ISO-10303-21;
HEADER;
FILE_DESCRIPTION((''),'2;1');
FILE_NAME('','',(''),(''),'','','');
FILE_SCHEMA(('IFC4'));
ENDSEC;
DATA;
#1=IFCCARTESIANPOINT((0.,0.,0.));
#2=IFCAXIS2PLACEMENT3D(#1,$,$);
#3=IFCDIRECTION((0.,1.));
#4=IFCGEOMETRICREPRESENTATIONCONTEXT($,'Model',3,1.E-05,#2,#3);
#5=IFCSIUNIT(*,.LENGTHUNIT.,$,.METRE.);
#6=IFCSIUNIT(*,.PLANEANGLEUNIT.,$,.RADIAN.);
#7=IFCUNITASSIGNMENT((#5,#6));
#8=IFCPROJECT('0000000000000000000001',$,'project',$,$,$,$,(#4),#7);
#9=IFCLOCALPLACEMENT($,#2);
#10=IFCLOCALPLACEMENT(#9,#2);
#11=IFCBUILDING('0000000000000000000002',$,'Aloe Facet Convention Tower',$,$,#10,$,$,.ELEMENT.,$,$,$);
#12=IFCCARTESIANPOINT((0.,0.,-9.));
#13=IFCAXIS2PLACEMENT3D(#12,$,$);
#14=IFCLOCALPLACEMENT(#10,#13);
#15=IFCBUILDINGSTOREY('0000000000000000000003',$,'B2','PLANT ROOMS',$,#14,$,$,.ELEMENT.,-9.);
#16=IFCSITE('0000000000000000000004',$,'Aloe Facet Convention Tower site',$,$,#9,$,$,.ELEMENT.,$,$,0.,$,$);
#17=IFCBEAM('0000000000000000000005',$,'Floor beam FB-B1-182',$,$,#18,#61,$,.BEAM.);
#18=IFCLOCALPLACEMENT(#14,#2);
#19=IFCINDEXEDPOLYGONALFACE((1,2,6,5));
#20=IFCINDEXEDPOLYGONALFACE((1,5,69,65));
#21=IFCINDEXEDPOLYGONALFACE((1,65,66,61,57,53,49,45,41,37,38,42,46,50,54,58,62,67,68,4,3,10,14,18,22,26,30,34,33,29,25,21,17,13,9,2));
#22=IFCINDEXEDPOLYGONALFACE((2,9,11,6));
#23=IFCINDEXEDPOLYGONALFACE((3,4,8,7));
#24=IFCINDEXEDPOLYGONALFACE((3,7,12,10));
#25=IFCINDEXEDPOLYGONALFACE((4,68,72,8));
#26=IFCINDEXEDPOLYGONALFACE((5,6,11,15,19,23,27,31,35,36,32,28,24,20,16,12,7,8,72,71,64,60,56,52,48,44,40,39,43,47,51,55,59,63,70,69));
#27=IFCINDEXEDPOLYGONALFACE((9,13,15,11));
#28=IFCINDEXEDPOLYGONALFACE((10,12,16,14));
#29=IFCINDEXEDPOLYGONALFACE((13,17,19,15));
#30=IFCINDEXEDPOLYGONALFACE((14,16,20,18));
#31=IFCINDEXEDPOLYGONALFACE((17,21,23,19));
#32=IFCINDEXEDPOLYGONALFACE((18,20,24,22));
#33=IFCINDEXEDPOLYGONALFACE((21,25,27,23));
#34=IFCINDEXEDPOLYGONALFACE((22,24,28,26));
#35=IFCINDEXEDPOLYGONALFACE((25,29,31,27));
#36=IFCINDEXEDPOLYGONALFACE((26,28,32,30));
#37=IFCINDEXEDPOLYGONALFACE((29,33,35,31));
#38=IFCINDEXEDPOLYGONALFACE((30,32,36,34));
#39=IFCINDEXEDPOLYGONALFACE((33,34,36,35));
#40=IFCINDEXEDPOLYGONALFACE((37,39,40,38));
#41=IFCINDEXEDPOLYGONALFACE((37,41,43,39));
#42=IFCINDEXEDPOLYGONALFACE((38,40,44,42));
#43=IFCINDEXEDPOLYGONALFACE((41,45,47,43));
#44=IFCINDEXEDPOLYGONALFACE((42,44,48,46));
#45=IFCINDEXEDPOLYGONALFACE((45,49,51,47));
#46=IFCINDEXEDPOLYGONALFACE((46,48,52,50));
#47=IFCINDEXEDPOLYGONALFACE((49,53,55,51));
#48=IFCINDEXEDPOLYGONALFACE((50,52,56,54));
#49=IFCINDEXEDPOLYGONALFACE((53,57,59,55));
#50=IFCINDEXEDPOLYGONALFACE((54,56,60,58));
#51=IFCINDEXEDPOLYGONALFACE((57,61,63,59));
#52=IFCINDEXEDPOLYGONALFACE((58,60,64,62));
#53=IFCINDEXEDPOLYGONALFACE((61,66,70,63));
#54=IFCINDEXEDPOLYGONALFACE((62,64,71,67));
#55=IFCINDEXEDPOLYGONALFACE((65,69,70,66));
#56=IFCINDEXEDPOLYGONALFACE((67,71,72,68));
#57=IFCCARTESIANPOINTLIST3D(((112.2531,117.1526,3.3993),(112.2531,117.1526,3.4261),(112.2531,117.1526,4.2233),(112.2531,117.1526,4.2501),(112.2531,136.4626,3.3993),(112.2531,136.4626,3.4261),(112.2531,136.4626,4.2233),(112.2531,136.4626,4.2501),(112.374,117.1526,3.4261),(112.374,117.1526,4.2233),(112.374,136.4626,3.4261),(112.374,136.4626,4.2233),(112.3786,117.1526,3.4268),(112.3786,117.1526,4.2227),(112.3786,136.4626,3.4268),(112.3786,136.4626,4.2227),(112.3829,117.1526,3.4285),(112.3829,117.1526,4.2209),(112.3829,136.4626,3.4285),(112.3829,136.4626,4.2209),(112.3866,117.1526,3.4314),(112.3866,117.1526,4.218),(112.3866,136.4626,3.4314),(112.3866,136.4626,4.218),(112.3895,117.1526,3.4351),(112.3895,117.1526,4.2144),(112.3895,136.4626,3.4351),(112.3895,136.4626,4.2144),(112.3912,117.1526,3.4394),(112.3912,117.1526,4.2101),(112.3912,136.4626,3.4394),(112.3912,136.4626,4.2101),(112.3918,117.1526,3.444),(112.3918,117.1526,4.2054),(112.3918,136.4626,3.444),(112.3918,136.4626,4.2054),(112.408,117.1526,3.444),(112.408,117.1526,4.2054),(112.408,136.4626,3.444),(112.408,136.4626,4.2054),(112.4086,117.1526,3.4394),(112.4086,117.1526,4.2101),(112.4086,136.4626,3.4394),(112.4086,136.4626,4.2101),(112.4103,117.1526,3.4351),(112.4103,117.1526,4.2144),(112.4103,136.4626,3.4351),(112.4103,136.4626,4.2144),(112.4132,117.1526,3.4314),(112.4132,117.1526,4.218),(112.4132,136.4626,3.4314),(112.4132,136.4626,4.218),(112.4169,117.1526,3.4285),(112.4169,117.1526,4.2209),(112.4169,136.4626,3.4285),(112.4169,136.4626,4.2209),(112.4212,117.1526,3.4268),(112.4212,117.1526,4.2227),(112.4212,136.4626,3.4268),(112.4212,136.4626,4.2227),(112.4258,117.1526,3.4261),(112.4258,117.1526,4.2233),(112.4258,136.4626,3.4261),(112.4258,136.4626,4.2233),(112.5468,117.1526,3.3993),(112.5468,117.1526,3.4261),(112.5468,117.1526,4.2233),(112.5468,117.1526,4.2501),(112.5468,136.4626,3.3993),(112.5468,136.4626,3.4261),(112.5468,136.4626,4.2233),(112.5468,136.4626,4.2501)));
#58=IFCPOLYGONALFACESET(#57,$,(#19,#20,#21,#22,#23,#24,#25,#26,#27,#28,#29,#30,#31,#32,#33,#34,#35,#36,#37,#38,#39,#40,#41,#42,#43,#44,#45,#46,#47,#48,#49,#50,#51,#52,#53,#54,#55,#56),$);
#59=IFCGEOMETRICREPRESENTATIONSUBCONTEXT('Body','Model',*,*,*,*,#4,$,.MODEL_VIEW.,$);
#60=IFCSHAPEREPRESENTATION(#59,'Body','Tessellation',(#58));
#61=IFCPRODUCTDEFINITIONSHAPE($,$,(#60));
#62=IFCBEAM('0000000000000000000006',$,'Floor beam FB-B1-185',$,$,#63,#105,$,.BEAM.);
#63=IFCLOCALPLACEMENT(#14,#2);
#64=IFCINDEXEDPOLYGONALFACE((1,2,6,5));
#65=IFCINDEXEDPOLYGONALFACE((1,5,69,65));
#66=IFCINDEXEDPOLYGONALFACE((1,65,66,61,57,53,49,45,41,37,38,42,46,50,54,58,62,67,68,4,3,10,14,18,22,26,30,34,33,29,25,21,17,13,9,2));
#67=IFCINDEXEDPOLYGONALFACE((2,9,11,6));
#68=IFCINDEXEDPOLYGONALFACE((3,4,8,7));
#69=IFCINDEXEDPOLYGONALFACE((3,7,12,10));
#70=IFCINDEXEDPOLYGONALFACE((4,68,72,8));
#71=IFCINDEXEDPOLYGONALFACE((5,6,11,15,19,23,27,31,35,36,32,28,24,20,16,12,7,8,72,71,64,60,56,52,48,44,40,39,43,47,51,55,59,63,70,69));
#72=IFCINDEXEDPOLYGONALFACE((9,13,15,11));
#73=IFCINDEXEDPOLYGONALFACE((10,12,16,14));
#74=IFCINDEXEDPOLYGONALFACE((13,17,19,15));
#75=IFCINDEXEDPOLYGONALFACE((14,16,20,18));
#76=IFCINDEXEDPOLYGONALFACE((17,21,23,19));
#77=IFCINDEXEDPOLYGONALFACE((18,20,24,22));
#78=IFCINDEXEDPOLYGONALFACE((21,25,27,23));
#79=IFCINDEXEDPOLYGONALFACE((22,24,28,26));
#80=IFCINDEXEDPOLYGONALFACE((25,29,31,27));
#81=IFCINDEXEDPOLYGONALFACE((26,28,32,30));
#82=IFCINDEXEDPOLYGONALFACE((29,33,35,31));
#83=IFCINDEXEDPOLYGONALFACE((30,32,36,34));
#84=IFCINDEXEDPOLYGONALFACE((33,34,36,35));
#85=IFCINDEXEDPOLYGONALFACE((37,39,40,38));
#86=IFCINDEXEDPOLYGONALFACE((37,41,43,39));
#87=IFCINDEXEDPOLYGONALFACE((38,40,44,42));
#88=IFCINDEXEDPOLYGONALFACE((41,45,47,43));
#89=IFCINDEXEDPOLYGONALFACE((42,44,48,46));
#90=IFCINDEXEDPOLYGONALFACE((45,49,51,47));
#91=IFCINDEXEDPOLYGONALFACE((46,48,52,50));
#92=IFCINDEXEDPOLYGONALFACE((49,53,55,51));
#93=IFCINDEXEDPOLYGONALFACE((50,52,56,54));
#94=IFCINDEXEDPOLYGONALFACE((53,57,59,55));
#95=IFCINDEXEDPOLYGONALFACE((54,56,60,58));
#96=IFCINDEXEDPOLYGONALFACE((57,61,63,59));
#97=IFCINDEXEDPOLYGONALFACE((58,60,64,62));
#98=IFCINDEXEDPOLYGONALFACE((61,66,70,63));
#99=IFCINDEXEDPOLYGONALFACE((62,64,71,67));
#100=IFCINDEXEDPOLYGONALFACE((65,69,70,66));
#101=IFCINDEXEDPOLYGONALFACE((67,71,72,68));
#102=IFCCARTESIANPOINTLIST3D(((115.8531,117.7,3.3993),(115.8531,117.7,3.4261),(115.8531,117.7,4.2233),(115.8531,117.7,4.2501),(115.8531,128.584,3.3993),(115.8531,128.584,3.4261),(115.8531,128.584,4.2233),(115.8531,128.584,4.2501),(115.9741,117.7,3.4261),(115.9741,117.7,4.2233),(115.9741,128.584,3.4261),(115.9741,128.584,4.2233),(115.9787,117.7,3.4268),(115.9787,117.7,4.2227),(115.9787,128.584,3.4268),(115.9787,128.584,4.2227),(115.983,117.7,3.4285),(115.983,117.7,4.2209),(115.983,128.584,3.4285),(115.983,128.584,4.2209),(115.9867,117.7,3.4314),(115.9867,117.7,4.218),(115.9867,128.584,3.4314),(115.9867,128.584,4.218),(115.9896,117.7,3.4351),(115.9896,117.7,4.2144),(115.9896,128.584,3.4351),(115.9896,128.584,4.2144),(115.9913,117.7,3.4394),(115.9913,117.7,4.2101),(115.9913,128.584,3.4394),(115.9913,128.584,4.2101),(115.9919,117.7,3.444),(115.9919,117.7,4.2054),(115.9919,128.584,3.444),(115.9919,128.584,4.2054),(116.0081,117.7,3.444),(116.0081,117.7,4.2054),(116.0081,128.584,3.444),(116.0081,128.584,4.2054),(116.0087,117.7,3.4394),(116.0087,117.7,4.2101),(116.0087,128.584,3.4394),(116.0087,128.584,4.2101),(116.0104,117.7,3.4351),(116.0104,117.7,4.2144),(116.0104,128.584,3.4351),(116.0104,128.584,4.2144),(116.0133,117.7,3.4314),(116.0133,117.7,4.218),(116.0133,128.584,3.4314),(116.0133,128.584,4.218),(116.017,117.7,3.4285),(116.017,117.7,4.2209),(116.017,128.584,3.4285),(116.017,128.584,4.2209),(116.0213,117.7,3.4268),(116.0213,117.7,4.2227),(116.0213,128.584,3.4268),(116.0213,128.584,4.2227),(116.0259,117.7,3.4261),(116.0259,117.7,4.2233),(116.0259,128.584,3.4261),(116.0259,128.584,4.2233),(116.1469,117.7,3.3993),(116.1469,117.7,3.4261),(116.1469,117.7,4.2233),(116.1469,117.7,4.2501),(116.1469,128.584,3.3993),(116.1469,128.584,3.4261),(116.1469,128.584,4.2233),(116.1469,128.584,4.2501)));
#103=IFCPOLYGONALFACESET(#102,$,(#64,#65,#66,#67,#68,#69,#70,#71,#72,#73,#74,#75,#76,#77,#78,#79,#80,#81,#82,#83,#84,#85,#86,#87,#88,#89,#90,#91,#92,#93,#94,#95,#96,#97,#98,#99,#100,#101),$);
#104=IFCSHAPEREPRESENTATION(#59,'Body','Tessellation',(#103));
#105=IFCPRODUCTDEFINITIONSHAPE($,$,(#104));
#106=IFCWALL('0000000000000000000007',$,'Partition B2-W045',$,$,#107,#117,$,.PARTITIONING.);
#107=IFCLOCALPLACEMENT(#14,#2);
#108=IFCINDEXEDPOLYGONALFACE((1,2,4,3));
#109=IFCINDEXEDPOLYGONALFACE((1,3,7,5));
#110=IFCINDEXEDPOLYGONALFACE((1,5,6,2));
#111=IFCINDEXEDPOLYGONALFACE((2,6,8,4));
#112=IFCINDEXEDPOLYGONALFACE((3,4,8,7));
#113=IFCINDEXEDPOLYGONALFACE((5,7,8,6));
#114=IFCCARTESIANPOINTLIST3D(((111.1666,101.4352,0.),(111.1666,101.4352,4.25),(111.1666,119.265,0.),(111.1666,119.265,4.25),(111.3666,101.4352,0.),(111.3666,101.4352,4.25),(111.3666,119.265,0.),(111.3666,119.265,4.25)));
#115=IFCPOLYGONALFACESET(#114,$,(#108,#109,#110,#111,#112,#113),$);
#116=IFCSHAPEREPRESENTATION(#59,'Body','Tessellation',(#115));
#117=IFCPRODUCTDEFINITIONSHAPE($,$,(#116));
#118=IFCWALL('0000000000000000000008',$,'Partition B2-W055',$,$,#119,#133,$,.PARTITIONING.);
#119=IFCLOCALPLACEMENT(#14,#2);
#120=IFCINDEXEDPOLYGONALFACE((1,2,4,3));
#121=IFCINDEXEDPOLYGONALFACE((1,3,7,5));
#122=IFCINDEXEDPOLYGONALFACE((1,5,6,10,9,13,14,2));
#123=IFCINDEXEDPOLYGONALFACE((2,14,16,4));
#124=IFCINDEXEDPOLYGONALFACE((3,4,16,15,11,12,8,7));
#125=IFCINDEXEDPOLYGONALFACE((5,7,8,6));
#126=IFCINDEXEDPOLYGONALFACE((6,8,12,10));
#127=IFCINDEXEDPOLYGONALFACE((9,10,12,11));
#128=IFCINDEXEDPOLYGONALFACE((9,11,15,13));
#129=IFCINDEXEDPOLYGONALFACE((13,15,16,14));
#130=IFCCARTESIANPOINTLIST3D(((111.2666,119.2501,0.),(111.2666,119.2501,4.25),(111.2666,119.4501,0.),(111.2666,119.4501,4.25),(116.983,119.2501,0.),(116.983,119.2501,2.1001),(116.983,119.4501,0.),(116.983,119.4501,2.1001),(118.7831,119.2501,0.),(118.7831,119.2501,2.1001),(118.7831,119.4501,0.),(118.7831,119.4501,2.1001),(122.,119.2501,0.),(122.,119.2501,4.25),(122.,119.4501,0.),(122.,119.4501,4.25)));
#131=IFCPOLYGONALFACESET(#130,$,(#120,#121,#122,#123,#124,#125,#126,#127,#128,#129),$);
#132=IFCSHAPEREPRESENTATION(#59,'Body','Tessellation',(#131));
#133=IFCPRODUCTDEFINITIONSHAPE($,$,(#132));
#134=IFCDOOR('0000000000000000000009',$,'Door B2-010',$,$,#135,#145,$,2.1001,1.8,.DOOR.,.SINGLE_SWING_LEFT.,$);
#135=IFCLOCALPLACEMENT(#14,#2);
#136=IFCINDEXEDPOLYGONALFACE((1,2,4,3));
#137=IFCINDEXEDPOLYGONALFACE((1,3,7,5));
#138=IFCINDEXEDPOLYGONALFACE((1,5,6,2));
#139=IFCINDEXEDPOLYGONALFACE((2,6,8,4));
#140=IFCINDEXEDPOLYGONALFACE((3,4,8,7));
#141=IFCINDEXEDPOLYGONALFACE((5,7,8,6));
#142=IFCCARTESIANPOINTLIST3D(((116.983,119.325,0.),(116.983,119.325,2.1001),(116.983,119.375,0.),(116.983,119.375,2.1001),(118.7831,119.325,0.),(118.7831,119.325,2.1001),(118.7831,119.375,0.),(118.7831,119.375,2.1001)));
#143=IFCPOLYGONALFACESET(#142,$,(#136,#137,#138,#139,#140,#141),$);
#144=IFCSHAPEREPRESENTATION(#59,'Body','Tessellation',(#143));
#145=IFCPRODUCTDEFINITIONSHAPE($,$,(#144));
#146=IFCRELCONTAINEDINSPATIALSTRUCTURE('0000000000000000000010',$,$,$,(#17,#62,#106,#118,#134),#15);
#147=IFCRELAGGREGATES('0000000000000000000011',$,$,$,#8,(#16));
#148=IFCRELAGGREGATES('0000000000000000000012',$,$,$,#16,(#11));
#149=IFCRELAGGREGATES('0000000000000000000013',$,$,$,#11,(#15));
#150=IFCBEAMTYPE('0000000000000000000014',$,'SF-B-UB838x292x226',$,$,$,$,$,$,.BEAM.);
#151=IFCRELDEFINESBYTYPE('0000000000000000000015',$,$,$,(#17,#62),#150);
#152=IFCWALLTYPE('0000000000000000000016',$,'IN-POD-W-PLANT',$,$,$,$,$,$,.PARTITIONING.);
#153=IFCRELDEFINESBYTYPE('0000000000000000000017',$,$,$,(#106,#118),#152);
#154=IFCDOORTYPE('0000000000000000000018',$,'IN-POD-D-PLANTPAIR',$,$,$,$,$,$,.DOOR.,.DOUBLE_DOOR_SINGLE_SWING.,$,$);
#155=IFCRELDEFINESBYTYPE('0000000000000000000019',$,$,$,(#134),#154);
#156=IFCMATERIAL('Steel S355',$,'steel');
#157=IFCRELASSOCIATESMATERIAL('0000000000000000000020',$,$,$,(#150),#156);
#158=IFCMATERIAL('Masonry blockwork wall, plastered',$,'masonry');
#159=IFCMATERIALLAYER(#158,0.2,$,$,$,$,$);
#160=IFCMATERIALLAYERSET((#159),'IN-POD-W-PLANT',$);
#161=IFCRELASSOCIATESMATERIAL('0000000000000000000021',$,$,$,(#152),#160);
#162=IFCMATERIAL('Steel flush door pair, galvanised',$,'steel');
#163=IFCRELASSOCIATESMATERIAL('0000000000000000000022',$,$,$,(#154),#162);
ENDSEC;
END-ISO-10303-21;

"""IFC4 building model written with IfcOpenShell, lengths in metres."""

from ifc_helpers import new_model, si_unit, direction, frame, frame_2d, origin, origin_2d, place, context, subcontext, project, spatial, rectangle, i_section, extrude, material, layer, layer_set, material_profile, profile_set, type_object, element, fill, save


model = new_model("IFC4")

# Units and contexts
model_context = context("Model", 3, precision=1e-05, world=origin(), true_north=direction((0.0, 1.0)))
body_context = subcontext(model_context, "Body", "Model", "MODEL_VIEW")
ifc_project = project(units=[si_unit("LENGTHUNIT", "METRE"), si_unit("PLANEANGLEUNIT", "RADIAN")], contexts=[model_context])

# Site, building, storey
site_placement = place(None, origin())
site = spatial("IfcSite", under=ifc_project, at=site_placement, Name="Aloe Facet Convention Tower site", CompositionType="ELEMENT", RefElevation=0.0)
building_placement = place(site_placement, origin())
building = spatial("IfcBuilding", under=site, at=building_placement, Name="Aloe Facet Convention Tower", CompositionType="ELEMENT")
storey_placement = place(building_placement, frame((0.0, 0.0, -9.0)))
storey = spatial("IfcBuildingStorey", under=building, at=storey_placement, Name="B2", Description="PLANT ROOMS", CompositionType="ELEMENT", Elevation=-9.0)

# Beams
ifc_material_1 = material(Name="Steel S355", Category="steel")
ifc_material_profile_1 = material_profile(ifc_material_1, i_section(OverallWidth=0.2937, OverallDepth=0.8508, WebThickness=0.0161, FlangeThickness=0.0269, FilletRadius=0.0178, at=origin_2d()), Name="UB 838x292x226")
ifc_profile_set_1 = profile_set([ifc_material_profile_1], Name="Steel S355")
beam_type_1 = type_object("IfcBeamType", Name="SF-B-UB838x292x226", PredefinedType="BEAM", material=ifc_profile_set_1)
beam_1_placement = place(storey_placement, frame((112.3999, 117.1526, 3.8247), z_axis=(0.0, 1.0, 0.0), x_axis=(-1.0, 0.0, 0.0)))
element("IfcBeam", 1, at=beam_1_placement, inside=storey, type_object=beam_type_1, Name="Floor beam FB-B1-182", PredefinedType="BEAM", context=body_context, shape_type="SweptSolid", body=[
    extrude(i_section(OverallWidth=0.2937, OverallDepth=0.8508, WebThickness=0.0161, FlangeThickness=0.0269, FilletRadius=0.0178, at=origin_2d()), origin(), (0.0, 0.0, 1.0), 19.3101),
])
beam_2_placement = place(storey_placement, frame((116.0, 117.7, 3.8247), z_axis=(0.0, 1.0, 0.0), x_axis=(-1.0, 0.0, 0.0)))
element("IfcBeam", 2, at=beam_2_placement, inside=storey, type_object=beam_type_1, Name="Floor beam FB-B1-185", PredefinedType="BEAM", context=body_context, shape_type="SweptSolid", body=[
    extrude(i_section(OverallWidth=0.2937, OverallDepth=0.8508, WebThickness=0.0161, FlangeThickness=0.0269, FilletRadius=0.0178, at=origin_2d()), origin(), (0.0, 0.0, 1.0), 10.884),
])

# Wall
ifc_material_2 = material(Name="Masonry blockwork wall, plastered", Category="masonry")
ifc_layer = layer(ifc_material_2, 0.2)
ifc_layer_set = layer_set([ifc_layer], Name="IN-POD-W-PLANT")
wall_type = type_object("IfcWallType", Name="IN-POD-W-PLANT", PredefinedType="PARTITIONING", material=ifc_layer_set)
wall_1_placement = place(storey_placement, frame((111.2666, 101.4351, 0.0), z_axis=(0.0, 0.0, 1.0), x_axis=(0.0, 1.0, 0.0)))
element("IfcWall", 3, at=wall_1_placement, inside=storey, type_object=wall_type, Name="Partition B2-W045", PredefinedType="PARTITIONING", context=body_context, shape_type="SweptSolid", body=[
    extrude(rectangle(XDim=17.8298, YDim=0.2, at=frame_2d((8.915, 0.0))), origin(), (0.0, 0.0, 1.0), 4.25),
])

# Wall, opening, door
wall_2_placement = place(storey_placement, frame((111.2666, 119.3501, 0.0), z_axis=(0.0, 0.0, 1.0), x_axis=(1.0, 0.0, 0.0)))
wall_2 = element("IfcWall", 4, at=wall_2_placement, inside=storey, type_object=wall_type, Name="Partition B2-W055", PredefinedType="PARTITIONING", context=body_context, shape_type="SweptSolid", body=[
    extrude(rectangle(XDim=10.7334, YDim=0.2, at=frame_2d((5.3667, 0.0))), origin(), (0.0, 0.0, 1.0), 4.25),
])
opening_placement = place(wall_2_placement, frame((5.7166, 0.0, 0.0)))
opening = element("IfcOpeningElement", 5, at=opening_placement, cuts=wall_2, PredefinedType="OPENING", context=body_context, shape_type="SweptSolid", body=[
    extrude(rectangle(XDim=1.8, YDim=2.1001, at=frame_2d((0.8999, 1.05))), frame((0.0, 0.1099, 0.0), z_axis=(0.0, -1.0, 0.0), x_axis=(1.0, 0.0, 0.0)), (0.0, 0.0, 1.0), 0.22),
])
ifc_material_3 = material(Name="Steel flush door pair, galvanised", Category="steel")
door_type = type_object("IfcDoorType", Name="IN-POD-D-PLANTPAIR", OperationType="DOUBLE_DOOR_SINGLE_SWING", PredefinedType="DOOR", material=ifc_material_3)
door_placement = place(opening_placement, origin())
door = element("IfcDoor", 6, at=door_placement, inside=storey, type_object=door_type, Name="Door B2-010", OperationType="SINGLE_SWING_LEFT", OverallHeight=2.1001, OverallWidth=1.8, PredefinedType="DOOR", context=body_context, shape_type="SweptSolid", body=[
    extrude(rectangle(XDim=1.8, YDim=2.1001, at=frame_2d((0.8999, 1.05))), frame((0.0, 0.0249, 0.0), z_axis=(0.0, -1.0, 0.0), x_axis=(1.0, 0.0, 0.0)), (0.0, 0.0, 1.0), 0.05),
])
fill(opening, door)

save(model, "model.ifc")
